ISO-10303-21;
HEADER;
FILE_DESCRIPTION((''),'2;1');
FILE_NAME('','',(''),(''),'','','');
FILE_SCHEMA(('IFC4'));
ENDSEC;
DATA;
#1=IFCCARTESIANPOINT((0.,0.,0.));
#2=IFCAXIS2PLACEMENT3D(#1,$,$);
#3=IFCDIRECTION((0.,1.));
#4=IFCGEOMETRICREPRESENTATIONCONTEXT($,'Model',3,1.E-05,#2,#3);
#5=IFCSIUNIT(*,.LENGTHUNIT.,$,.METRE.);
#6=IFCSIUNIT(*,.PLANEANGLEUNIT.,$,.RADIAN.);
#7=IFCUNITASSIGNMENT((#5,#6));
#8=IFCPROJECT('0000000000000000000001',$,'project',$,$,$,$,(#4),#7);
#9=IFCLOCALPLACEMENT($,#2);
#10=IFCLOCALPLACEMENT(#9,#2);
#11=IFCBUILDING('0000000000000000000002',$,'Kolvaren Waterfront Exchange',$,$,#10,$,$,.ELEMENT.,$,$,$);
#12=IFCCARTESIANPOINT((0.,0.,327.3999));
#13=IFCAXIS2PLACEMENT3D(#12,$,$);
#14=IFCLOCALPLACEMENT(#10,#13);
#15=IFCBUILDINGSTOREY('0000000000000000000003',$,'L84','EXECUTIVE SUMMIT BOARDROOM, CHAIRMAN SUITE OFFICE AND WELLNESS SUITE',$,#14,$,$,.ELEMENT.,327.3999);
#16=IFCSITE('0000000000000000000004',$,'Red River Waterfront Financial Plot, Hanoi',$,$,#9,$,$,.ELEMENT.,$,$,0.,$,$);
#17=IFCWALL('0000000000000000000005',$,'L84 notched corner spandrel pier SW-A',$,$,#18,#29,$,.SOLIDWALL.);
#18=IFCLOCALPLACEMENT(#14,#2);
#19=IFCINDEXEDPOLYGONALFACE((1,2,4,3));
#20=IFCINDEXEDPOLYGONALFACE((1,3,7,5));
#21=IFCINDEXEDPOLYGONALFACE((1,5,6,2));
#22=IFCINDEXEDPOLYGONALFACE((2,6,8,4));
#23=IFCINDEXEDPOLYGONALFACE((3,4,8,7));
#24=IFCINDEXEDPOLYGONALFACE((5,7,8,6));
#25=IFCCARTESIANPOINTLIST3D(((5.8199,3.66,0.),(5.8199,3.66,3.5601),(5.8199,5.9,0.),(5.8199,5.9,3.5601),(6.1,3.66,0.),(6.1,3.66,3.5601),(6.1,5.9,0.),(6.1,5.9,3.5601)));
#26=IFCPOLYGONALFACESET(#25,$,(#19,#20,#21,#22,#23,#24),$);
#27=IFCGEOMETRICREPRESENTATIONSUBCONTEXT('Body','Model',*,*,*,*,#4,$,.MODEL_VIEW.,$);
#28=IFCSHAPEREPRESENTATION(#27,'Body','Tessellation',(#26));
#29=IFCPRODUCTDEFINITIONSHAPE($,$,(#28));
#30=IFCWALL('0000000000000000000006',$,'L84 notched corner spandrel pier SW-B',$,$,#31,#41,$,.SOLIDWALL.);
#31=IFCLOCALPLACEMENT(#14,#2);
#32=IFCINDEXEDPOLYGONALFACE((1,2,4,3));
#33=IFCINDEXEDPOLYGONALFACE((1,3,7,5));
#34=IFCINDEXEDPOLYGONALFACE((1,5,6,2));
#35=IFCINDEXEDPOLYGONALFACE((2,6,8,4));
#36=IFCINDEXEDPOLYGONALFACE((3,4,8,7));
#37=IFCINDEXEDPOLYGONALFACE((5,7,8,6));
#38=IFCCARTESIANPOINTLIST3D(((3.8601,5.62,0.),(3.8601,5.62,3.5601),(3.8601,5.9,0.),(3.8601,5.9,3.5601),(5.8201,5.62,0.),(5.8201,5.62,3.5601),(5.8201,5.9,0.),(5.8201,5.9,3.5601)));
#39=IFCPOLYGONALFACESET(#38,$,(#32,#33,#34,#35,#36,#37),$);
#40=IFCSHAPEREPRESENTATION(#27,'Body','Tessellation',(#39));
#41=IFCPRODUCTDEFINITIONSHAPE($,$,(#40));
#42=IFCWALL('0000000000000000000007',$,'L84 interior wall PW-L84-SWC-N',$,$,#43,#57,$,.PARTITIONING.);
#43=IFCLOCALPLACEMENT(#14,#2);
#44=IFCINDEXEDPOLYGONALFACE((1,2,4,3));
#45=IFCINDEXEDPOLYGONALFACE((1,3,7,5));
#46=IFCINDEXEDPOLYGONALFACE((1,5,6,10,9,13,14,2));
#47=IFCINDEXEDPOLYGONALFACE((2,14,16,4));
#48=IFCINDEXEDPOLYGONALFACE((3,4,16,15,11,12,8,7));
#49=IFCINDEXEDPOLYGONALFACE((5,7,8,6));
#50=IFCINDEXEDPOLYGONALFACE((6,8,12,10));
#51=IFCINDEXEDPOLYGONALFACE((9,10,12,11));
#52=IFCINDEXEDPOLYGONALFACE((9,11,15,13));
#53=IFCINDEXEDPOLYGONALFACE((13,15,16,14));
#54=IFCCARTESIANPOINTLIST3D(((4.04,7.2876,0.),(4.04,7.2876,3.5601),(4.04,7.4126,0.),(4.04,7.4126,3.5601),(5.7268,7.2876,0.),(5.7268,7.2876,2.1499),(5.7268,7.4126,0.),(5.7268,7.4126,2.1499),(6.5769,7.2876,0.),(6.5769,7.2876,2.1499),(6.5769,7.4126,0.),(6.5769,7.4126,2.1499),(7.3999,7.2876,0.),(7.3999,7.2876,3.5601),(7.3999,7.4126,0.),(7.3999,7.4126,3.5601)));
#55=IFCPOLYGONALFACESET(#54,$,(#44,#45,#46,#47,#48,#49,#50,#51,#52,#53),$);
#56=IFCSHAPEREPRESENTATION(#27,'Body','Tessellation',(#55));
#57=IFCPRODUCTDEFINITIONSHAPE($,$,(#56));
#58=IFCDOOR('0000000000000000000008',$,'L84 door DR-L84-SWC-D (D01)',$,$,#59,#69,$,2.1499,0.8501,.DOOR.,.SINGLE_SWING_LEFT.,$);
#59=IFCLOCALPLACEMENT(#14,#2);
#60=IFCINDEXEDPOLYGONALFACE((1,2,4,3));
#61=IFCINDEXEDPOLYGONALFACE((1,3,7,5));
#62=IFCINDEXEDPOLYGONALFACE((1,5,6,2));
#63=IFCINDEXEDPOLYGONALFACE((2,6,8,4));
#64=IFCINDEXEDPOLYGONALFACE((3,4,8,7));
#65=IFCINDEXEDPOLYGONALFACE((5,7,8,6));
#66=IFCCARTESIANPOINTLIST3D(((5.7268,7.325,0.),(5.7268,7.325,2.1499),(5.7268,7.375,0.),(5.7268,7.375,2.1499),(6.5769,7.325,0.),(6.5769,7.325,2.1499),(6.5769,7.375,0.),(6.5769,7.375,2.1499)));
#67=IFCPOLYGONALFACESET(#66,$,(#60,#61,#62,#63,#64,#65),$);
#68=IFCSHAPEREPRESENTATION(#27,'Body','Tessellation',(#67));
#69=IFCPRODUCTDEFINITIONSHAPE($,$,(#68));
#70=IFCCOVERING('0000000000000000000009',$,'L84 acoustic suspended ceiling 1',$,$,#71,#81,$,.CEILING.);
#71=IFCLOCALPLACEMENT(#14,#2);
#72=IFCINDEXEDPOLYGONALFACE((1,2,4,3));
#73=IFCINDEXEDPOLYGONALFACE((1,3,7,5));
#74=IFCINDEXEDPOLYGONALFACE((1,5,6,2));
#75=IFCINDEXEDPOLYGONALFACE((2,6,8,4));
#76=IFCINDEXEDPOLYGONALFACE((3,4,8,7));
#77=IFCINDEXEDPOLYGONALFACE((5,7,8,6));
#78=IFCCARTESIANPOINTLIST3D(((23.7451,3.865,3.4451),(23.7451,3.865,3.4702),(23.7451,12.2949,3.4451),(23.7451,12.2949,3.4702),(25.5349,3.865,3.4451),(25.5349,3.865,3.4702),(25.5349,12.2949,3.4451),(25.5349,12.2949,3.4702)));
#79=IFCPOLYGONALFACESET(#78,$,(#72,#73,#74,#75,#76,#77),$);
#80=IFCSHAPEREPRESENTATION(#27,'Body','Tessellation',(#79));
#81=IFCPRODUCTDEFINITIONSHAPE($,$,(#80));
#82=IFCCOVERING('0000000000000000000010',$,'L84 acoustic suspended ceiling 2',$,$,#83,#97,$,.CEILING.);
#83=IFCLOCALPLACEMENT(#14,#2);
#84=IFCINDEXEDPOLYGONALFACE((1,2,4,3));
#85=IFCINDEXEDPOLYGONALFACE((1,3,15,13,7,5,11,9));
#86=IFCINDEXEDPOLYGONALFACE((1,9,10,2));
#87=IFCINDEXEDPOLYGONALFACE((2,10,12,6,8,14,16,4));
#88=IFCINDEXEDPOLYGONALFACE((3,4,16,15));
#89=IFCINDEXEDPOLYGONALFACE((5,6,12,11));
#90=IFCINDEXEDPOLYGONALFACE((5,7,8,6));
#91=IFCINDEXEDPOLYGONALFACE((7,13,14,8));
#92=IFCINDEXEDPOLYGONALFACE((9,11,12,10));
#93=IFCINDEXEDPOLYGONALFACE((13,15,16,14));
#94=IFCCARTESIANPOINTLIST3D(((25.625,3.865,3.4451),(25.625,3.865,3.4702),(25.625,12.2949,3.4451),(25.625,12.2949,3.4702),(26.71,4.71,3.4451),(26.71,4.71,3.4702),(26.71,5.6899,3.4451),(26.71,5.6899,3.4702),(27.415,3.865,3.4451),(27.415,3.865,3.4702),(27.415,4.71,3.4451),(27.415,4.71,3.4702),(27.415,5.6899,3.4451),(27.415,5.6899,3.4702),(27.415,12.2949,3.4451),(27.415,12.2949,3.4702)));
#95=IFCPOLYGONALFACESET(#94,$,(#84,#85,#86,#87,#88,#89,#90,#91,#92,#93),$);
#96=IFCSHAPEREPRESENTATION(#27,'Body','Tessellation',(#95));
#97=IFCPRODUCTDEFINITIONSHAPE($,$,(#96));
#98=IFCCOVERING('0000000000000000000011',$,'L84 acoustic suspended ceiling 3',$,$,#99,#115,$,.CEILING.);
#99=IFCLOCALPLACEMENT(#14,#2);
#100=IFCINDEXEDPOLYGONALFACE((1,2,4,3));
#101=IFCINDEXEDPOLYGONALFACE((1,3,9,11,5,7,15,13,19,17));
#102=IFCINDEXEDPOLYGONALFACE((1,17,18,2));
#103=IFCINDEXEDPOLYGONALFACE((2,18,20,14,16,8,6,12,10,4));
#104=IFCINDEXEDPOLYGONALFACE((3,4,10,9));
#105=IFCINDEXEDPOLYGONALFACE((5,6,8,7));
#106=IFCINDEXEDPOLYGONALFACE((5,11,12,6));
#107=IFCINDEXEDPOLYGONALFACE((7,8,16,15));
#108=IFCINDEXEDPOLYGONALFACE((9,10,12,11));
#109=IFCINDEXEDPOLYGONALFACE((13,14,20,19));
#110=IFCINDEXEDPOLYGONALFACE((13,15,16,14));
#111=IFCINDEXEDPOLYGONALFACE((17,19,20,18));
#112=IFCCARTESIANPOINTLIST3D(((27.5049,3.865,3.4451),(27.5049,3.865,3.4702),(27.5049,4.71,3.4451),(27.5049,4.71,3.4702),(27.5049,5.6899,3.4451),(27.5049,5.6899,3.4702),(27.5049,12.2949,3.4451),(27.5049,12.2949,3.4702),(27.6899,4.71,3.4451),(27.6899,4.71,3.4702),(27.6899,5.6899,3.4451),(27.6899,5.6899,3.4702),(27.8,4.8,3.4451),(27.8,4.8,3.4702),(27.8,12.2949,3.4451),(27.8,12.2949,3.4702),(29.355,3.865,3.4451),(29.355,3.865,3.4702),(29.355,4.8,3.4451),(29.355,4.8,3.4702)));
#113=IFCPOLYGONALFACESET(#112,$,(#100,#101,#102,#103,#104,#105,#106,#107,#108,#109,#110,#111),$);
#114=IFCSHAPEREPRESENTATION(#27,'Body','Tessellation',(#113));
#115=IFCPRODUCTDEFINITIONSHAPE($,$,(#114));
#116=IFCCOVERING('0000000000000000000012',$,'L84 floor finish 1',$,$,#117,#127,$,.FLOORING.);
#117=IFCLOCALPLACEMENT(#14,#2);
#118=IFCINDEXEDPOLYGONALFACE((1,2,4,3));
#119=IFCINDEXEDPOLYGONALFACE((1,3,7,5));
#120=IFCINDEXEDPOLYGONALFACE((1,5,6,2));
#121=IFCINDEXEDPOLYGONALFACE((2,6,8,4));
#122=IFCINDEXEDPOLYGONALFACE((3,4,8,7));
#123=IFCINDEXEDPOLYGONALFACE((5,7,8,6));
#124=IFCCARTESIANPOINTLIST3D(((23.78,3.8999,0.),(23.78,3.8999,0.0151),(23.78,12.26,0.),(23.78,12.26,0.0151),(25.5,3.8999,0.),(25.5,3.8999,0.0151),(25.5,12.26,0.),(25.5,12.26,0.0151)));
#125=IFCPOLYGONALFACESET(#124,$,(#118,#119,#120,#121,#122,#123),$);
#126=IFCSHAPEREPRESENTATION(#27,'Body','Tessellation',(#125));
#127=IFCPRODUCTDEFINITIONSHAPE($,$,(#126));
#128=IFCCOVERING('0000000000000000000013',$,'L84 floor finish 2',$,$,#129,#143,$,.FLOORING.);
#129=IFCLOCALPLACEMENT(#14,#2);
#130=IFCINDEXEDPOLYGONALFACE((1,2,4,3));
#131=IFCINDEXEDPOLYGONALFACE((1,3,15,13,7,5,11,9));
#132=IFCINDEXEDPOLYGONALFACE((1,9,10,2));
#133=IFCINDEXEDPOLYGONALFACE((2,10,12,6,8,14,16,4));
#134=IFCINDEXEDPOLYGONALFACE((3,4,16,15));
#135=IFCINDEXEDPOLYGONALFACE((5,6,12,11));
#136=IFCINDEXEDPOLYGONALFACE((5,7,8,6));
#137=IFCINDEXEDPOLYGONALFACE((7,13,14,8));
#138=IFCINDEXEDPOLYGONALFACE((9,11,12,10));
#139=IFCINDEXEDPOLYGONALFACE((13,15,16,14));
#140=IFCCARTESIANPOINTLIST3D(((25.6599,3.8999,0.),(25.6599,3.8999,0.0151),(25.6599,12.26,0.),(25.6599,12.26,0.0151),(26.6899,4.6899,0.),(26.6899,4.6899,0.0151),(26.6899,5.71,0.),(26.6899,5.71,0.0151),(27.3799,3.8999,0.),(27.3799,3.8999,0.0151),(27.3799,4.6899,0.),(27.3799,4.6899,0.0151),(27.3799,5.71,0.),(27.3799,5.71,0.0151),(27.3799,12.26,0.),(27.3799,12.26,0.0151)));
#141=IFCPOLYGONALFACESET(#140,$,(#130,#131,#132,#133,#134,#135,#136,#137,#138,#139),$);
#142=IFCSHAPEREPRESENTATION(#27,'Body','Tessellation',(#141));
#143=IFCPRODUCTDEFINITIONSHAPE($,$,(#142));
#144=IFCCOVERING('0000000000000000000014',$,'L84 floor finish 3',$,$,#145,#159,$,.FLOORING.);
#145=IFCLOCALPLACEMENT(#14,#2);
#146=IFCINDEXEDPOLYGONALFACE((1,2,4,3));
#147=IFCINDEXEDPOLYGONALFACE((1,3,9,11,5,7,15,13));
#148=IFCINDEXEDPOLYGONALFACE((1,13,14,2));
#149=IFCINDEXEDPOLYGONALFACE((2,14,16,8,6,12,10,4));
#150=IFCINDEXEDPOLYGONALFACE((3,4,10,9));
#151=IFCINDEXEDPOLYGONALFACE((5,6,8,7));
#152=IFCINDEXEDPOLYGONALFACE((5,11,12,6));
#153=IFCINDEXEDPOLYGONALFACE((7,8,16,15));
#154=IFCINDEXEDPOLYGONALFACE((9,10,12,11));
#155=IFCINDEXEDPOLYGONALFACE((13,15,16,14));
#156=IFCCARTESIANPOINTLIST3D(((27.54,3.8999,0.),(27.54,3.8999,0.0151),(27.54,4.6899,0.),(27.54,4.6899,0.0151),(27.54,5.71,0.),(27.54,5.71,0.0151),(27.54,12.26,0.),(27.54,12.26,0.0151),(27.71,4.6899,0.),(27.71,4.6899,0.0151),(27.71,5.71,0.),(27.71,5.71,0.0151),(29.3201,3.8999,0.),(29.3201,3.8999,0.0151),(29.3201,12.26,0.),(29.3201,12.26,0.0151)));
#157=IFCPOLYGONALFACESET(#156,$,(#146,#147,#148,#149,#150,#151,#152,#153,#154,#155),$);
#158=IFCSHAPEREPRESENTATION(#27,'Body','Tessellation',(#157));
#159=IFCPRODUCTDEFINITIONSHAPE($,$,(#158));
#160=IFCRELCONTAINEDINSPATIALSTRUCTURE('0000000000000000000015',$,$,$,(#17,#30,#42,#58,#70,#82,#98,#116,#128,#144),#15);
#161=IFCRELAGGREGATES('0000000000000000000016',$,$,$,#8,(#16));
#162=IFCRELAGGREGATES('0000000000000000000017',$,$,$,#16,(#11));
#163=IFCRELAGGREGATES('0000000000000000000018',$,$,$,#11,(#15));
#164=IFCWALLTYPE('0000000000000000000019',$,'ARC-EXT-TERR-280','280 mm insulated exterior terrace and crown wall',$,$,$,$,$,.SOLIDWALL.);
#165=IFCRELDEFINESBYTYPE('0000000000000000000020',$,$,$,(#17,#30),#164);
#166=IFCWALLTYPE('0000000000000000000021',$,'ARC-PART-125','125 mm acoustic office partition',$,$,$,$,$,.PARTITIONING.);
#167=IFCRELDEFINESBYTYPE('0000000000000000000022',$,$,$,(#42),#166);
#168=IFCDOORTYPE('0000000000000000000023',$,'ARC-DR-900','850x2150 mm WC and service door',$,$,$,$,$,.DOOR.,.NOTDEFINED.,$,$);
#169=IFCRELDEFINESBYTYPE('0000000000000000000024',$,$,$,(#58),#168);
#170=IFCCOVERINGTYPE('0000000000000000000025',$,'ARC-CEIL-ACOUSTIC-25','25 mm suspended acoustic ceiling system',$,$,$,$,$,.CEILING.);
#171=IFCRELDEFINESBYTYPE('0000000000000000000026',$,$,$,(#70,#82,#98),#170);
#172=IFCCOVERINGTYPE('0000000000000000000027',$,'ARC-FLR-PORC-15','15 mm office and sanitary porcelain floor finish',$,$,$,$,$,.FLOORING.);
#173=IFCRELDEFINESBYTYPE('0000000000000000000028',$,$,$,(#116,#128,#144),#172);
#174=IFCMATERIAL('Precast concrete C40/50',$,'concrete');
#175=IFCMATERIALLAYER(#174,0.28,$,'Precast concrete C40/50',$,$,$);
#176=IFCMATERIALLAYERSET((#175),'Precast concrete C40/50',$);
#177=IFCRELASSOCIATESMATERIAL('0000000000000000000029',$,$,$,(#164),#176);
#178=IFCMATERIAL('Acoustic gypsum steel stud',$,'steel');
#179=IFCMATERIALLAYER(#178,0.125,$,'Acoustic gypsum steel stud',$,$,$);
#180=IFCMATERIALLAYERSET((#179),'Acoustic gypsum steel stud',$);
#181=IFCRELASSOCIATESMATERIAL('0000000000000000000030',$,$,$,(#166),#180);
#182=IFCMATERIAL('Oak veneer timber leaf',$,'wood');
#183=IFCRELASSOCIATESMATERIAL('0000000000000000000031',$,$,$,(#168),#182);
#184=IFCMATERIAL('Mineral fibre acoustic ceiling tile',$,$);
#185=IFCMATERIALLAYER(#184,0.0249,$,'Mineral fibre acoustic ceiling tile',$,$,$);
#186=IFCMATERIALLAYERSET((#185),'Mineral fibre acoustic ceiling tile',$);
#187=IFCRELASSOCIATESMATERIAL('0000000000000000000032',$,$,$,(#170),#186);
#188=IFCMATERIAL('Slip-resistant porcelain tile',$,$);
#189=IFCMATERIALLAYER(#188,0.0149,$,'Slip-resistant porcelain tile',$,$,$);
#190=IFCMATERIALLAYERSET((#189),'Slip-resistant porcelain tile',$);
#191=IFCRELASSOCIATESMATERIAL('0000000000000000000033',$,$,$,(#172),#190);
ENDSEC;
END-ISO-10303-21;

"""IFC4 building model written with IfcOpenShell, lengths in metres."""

from ifc_helpers import new_model, si_unit, direction, frame, frame_2d, origin, place, context, subcontext, project, spatial, polyline, rectangle, outline, extrude, material, layer, layer_set, type_object, element, fill, save


model = new_model("IFC4")

# Units and contexts
model_context = context("Model", 3, precision=1e-05, world=origin(), true_north=direction((0.0, 1.0)))
body_context = subcontext(model_context, "Body", "Model", "MODEL_VIEW")
ifc_project = project(units=[si_unit("LENGTHUNIT", "METRE"), si_unit("PLANEANGLEUNIT", "RADIAN")], contexts=[model_context])

# Site, building, storey
site_placement = place(None, origin())
site = spatial("IfcSite", under=ifc_project, at=site_placement, Name="Red River Waterfront Financial Plot, Hanoi", CompositionType="ELEMENT", RefElevation=0.0)
building_placement = place(site_placement, origin())
building = spatial("IfcBuilding", under=site, at=building_placement, Name="Kolvaren Waterfront Exchange", CompositionType="ELEMENT")
storey_placement = place(building_placement, frame((0.0, 0.0, 327.3999)))
storey = spatial("IfcBuildingStorey", under=building, at=storey_placement, Name="L84", Description="EXECUTIVE SUMMIT BOARDROOM, CHAIRMAN SUITE OFFICE AND WELLNESS SUITE", CompositionType="ELEMENT", Elevation=327.3999)

# Walls
ifc_material_1 = material(Name="Precast concrete C40/50", Category="concrete")
ifc_layer_1 = layer(ifc_material_1, 0.28, Name="Precast concrete C40/50")
ifc_layer_set_1 = layer_set([ifc_layer_1], Name="Precast concrete C40/50")
wall_type_1 = type_object("IfcWallType", Name="ARC-EXT-TERR-280", Description="280 mm insulated exterior terrace and crown wall", PredefinedType="SOLIDWALL", material=ifc_layer_set_1)
wall_1_placement = place(storey_placement, frame((5.96, 3.6599, 0.0), z_axis=(0.0, 0.0, 1.0), x_axis=(0.0, 1.0, 0.0)))
element("IfcWall", 1, at=wall_1_placement, inside=storey, type_object=wall_type_1, Name="L84 notched corner spandrel pier SW-A", PredefinedType="SOLIDWALL", context=body_context, shape_type="SweptSolid", body=[
    extrude(rectangle(XDim=2.24, YDim=0.28, at=frame_2d((1.1201, 0.0))), origin(), (0.0, 0.0, 1.0), 3.5601),
])
wall_2_placement = place(storey_placement, frame((3.8601, 5.76, 0.0), z_axis=(0.0, 0.0, 1.0), x_axis=(1.0, 0.0, 0.0)))
element("IfcWall", 2, at=wall_2_placement, inside=storey, type_object=wall_type_1, Name="L84 notched corner spandrel pier SW-B", PredefinedType="SOLIDWALL", context=body_context, shape_type="SweptSolid", body=[
    extrude(rectangle(XDim=1.96, YDim=0.28, at=frame_2d((0.98, 0.0))), origin(), (0.0, 0.0, 1.0), 3.5601),
])

# Wall, opening, door
ifc_material_2 = material(Name="Acoustic gypsum steel stud", Category="steel")
ifc_layer_2 = layer(ifc_material_2, 0.125, Name="Acoustic gypsum steel stud")
ifc_layer_set_2 = layer_set([ifc_layer_2], Name="Acoustic gypsum steel stud")
wall_type_2 = type_object("IfcWallType", Name="ARC-PART-125", Description="125 mm acoustic office partition", PredefinedType="PARTITIONING", material=ifc_layer_set_2)
wall_3_placement = place(storey_placement, frame((4.04, 7.3501, 0.0), z_axis=(0.0, 0.0, 1.0), x_axis=(1.0, 0.0, 0.0)))
wall_3 = element("IfcWall", 3, at=wall_3_placement, inside=storey, type_object=wall_type_2, Name="L84 interior wall PW-L84-SWC-N", PredefinedType="PARTITIONING", context=body_context, shape_type="SweptSolid", body=[
    extrude(rectangle(XDim=3.3599, YDim=0.125, at=frame_2d((1.6799, 0.0))), origin(), (0.0, 0.0, 1.0), 3.5601),
])
opening_placement = place(wall_3_placement, frame((1.6868, 0.0, 0.0)))
opening = element("IfcOpeningElement", 4, at=opening_placement, cuts=wall_3, PredefinedType="OPENING", context=body_context, shape_type="SweptSolid", body=[
    extrude(rectangle(XDim=0.8501, YDim=2.1499, at=frame_2d((0.425, 1.075))), frame((0.0, 0.0725, 0.0), z_axis=(0.0, -1.0, 0.0), x_axis=(1.0, 0.0, 0.0)), (0.0, 0.0, 1.0), 0.145),
])
ifc_material_3 = material(Name="Oak veneer timber leaf", Category="wood")
door_type = type_object("IfcDoorType", Name="ARC-DR-900", Description="850x2150 mm WC and service door", OperationType="NOTDEFINED", PredefinedType="DOOR", material=ifc_material_3)
door_placement = place(opening_placement, origin())
door = element("IfcDoor", 5, at=door_placement, inside=storey, type_object=door_type, Name="L84 door DR-L84-SWC-D (D01)", OperationType="SINGLE_SWING_LEFT", OverallHeight=2.1499, OverallWidth=0.8501, PredefinedType="DOOR", context=body_context, shape_type="SweptSolid", body=[
    extrude(rectangle(XDim=0.8501, YDim=2.1499, at=frame_2d((0.425, 1.075))), frame((0.0, 0.0249, 0.0), z_axis=(0.0, -1.0, 0.0), x_axis=(1.0, 0.0, 0.0)), (0.0, 0.0, 1.0), 0.05),
])
fill(opening, door)

# Coverings
ifc_material_4 = material(Name="Mineral fibre acoustic ceiling tile")
ifc_layer_3 = layer(ifc_material_4, 0.0249, Name="Mineral fibre acoustic ceiling tile")
ifc_layer_set_3 = layer_set([ifc_layer_3], Name="Mineral fibre acoustic ceiling tile")
covering_type_1 = type_object("IfcCoveringType", Name="ARC-CEIL-ACOUSTIC-25", Description="25 mm suspended acoustic ceiling system", PredefinedType="CEILING", material=ifc_layer_set_3)
covering_1_placement = place(storey_placement, frame((0.0, 0.0, 3.4451)))
element("IfcCovering", 6, at=covering_1_placement, inside=storey, type_object=covering_type_1, Name="L84 acoustic suspended ceiling 1", PredefinedType="CEILING", context=body_context, shape_type="SweptSolid", body=[
    extrude(outline(polyline([(25.5349, 3.865), (25.5349, 12.2949), (23.7451, 12.2949), (23.7451, 3.865), (25.5349, 3.865)])), origin(), (0.0, 0.0, 1.0), 0.0251),
])
covering_2_placement = place(storey_placement, frame((0.0, 0.0, 3.4451)))
element("IfcCovering", 7, at=covering_2_placement, inside=storey, type_object=covering_type_1, Name="L84 acoustic suspended ceiling 2", PredefinedType="CEILING", context=body_context, shape_type="SweptSolid", body=[
    extrude(outline(polyline([(27.415, 4.71), (26.71, 4.71), (26.71, 5.6899), (27.415, 5.6899), (27.415, 12.2949), (25.625, 12.2949), (25.625, 3.865), (27.415, 3.865), (27.415, 4.71)])), origin(), (0.0, 0.0, 1.0), 0.0251),
])
covering_3_placement = place(storey_placement, frame((0.0, 0.0, 3.4451)))
element("IfcCovering", 8, at=covering_3_placement, inside=storey, type_object=covering_type_1, Name="L84 acoustic suspended ceiling 3", PredefinedType="CEILING", context=body_context, shape_type="SweptSolid", body=[
    extrude(outline(polyline([(27.5049, 5.6899), (27.6899, 5.6899), (27.6899, 4.71), (27.5049, 4.71), (27.5049, 3.865), (29.355, 3.865), (29.355, 4.8), (27.8, 4.8), (27.8, 12.2949), (27.5049, 12.2949), (27.5049, 5.6899)])), origin(), (0.0, 0.0, 1.0), 0.0251),
])
ifc_material_5 = material(Name="Slip-resistant porcelain tile")
ifc_layer_4 = layer(ifc_material_5, 0.0149, Name="Slip-resistant porcelain tile")
ifc_layer_set_4 = layer_set([ifc_layer_4], Name="Slip-resistant porcelain tile")
covering_type_2 = type_object("IfcCoveringType", Name="ARC-FLR-PORC-15", Description="15 mm office and sanitary porcelain floor finish", PredefinedType="FLOORING", material=ifc_layer_set_4)
covering_4_placement = place(storey_placement, origin())
element("IfcCovering", 9, at=covering_4_placement, inside=storey, type_object=covering_type_2, Name="L84 floor finish 1", PredefinedType="FLOORING", context=body_context, shape_type="SweptSolid", body=[
    extrude(outline(polyline([(23.78, 12.26), (23.78, 3.8999), (25.5, 3.8999), (25.5, 12.26), (23.78, 12.26)])), origin(), (0.0, 0.0, 1.0), 0.0151),
])
covering_5_placement = place(storey_placement, origin())
element("IfcCovering", 10, at=covering_5_placement, inside=storey, type_object=covering_type_2, Name="L84 floor finish 2", PredefinedType="FLOORING", context=body_context, shape_type="SweptSolid", body=[
    extrude(outline(polyline([(25.6599, 12.26), (25.6599, 3.8999), (27.3799, 3.8999), (27.3799, 4.6899), (26.6899, 4.6899), (26.6899, 5.71), (27.3799, 5.71), (27.3799, 12.26), (25.6599, 12.26)])), origin(), (0.0, 0.0, 1.0), 0.0151),
])
covering_6_placement = place(storey_placement, origin())
element("IfcCovering", 11, at=covering_6_placement, inside=storey, type_object=covering_type_2, Name="L84 floor finish 3", PredefinedType="FLOORING", context=body_context, shape_type="SweptSolid", body=[
    extrude(outline(polyline([(27.54, 4.6899), (27.54, 3.8999), (29.3201, 3.8999), (29.3201, 12.26), (27.54, 12.26), (27.54, 5.71), (27.71, 5.71), (27.71, 4.6899), (27.54, 4.6899)])), origin(), (0.0, 0.0, 1.0), 0.0151),
])

save(model, "model.ifc")
